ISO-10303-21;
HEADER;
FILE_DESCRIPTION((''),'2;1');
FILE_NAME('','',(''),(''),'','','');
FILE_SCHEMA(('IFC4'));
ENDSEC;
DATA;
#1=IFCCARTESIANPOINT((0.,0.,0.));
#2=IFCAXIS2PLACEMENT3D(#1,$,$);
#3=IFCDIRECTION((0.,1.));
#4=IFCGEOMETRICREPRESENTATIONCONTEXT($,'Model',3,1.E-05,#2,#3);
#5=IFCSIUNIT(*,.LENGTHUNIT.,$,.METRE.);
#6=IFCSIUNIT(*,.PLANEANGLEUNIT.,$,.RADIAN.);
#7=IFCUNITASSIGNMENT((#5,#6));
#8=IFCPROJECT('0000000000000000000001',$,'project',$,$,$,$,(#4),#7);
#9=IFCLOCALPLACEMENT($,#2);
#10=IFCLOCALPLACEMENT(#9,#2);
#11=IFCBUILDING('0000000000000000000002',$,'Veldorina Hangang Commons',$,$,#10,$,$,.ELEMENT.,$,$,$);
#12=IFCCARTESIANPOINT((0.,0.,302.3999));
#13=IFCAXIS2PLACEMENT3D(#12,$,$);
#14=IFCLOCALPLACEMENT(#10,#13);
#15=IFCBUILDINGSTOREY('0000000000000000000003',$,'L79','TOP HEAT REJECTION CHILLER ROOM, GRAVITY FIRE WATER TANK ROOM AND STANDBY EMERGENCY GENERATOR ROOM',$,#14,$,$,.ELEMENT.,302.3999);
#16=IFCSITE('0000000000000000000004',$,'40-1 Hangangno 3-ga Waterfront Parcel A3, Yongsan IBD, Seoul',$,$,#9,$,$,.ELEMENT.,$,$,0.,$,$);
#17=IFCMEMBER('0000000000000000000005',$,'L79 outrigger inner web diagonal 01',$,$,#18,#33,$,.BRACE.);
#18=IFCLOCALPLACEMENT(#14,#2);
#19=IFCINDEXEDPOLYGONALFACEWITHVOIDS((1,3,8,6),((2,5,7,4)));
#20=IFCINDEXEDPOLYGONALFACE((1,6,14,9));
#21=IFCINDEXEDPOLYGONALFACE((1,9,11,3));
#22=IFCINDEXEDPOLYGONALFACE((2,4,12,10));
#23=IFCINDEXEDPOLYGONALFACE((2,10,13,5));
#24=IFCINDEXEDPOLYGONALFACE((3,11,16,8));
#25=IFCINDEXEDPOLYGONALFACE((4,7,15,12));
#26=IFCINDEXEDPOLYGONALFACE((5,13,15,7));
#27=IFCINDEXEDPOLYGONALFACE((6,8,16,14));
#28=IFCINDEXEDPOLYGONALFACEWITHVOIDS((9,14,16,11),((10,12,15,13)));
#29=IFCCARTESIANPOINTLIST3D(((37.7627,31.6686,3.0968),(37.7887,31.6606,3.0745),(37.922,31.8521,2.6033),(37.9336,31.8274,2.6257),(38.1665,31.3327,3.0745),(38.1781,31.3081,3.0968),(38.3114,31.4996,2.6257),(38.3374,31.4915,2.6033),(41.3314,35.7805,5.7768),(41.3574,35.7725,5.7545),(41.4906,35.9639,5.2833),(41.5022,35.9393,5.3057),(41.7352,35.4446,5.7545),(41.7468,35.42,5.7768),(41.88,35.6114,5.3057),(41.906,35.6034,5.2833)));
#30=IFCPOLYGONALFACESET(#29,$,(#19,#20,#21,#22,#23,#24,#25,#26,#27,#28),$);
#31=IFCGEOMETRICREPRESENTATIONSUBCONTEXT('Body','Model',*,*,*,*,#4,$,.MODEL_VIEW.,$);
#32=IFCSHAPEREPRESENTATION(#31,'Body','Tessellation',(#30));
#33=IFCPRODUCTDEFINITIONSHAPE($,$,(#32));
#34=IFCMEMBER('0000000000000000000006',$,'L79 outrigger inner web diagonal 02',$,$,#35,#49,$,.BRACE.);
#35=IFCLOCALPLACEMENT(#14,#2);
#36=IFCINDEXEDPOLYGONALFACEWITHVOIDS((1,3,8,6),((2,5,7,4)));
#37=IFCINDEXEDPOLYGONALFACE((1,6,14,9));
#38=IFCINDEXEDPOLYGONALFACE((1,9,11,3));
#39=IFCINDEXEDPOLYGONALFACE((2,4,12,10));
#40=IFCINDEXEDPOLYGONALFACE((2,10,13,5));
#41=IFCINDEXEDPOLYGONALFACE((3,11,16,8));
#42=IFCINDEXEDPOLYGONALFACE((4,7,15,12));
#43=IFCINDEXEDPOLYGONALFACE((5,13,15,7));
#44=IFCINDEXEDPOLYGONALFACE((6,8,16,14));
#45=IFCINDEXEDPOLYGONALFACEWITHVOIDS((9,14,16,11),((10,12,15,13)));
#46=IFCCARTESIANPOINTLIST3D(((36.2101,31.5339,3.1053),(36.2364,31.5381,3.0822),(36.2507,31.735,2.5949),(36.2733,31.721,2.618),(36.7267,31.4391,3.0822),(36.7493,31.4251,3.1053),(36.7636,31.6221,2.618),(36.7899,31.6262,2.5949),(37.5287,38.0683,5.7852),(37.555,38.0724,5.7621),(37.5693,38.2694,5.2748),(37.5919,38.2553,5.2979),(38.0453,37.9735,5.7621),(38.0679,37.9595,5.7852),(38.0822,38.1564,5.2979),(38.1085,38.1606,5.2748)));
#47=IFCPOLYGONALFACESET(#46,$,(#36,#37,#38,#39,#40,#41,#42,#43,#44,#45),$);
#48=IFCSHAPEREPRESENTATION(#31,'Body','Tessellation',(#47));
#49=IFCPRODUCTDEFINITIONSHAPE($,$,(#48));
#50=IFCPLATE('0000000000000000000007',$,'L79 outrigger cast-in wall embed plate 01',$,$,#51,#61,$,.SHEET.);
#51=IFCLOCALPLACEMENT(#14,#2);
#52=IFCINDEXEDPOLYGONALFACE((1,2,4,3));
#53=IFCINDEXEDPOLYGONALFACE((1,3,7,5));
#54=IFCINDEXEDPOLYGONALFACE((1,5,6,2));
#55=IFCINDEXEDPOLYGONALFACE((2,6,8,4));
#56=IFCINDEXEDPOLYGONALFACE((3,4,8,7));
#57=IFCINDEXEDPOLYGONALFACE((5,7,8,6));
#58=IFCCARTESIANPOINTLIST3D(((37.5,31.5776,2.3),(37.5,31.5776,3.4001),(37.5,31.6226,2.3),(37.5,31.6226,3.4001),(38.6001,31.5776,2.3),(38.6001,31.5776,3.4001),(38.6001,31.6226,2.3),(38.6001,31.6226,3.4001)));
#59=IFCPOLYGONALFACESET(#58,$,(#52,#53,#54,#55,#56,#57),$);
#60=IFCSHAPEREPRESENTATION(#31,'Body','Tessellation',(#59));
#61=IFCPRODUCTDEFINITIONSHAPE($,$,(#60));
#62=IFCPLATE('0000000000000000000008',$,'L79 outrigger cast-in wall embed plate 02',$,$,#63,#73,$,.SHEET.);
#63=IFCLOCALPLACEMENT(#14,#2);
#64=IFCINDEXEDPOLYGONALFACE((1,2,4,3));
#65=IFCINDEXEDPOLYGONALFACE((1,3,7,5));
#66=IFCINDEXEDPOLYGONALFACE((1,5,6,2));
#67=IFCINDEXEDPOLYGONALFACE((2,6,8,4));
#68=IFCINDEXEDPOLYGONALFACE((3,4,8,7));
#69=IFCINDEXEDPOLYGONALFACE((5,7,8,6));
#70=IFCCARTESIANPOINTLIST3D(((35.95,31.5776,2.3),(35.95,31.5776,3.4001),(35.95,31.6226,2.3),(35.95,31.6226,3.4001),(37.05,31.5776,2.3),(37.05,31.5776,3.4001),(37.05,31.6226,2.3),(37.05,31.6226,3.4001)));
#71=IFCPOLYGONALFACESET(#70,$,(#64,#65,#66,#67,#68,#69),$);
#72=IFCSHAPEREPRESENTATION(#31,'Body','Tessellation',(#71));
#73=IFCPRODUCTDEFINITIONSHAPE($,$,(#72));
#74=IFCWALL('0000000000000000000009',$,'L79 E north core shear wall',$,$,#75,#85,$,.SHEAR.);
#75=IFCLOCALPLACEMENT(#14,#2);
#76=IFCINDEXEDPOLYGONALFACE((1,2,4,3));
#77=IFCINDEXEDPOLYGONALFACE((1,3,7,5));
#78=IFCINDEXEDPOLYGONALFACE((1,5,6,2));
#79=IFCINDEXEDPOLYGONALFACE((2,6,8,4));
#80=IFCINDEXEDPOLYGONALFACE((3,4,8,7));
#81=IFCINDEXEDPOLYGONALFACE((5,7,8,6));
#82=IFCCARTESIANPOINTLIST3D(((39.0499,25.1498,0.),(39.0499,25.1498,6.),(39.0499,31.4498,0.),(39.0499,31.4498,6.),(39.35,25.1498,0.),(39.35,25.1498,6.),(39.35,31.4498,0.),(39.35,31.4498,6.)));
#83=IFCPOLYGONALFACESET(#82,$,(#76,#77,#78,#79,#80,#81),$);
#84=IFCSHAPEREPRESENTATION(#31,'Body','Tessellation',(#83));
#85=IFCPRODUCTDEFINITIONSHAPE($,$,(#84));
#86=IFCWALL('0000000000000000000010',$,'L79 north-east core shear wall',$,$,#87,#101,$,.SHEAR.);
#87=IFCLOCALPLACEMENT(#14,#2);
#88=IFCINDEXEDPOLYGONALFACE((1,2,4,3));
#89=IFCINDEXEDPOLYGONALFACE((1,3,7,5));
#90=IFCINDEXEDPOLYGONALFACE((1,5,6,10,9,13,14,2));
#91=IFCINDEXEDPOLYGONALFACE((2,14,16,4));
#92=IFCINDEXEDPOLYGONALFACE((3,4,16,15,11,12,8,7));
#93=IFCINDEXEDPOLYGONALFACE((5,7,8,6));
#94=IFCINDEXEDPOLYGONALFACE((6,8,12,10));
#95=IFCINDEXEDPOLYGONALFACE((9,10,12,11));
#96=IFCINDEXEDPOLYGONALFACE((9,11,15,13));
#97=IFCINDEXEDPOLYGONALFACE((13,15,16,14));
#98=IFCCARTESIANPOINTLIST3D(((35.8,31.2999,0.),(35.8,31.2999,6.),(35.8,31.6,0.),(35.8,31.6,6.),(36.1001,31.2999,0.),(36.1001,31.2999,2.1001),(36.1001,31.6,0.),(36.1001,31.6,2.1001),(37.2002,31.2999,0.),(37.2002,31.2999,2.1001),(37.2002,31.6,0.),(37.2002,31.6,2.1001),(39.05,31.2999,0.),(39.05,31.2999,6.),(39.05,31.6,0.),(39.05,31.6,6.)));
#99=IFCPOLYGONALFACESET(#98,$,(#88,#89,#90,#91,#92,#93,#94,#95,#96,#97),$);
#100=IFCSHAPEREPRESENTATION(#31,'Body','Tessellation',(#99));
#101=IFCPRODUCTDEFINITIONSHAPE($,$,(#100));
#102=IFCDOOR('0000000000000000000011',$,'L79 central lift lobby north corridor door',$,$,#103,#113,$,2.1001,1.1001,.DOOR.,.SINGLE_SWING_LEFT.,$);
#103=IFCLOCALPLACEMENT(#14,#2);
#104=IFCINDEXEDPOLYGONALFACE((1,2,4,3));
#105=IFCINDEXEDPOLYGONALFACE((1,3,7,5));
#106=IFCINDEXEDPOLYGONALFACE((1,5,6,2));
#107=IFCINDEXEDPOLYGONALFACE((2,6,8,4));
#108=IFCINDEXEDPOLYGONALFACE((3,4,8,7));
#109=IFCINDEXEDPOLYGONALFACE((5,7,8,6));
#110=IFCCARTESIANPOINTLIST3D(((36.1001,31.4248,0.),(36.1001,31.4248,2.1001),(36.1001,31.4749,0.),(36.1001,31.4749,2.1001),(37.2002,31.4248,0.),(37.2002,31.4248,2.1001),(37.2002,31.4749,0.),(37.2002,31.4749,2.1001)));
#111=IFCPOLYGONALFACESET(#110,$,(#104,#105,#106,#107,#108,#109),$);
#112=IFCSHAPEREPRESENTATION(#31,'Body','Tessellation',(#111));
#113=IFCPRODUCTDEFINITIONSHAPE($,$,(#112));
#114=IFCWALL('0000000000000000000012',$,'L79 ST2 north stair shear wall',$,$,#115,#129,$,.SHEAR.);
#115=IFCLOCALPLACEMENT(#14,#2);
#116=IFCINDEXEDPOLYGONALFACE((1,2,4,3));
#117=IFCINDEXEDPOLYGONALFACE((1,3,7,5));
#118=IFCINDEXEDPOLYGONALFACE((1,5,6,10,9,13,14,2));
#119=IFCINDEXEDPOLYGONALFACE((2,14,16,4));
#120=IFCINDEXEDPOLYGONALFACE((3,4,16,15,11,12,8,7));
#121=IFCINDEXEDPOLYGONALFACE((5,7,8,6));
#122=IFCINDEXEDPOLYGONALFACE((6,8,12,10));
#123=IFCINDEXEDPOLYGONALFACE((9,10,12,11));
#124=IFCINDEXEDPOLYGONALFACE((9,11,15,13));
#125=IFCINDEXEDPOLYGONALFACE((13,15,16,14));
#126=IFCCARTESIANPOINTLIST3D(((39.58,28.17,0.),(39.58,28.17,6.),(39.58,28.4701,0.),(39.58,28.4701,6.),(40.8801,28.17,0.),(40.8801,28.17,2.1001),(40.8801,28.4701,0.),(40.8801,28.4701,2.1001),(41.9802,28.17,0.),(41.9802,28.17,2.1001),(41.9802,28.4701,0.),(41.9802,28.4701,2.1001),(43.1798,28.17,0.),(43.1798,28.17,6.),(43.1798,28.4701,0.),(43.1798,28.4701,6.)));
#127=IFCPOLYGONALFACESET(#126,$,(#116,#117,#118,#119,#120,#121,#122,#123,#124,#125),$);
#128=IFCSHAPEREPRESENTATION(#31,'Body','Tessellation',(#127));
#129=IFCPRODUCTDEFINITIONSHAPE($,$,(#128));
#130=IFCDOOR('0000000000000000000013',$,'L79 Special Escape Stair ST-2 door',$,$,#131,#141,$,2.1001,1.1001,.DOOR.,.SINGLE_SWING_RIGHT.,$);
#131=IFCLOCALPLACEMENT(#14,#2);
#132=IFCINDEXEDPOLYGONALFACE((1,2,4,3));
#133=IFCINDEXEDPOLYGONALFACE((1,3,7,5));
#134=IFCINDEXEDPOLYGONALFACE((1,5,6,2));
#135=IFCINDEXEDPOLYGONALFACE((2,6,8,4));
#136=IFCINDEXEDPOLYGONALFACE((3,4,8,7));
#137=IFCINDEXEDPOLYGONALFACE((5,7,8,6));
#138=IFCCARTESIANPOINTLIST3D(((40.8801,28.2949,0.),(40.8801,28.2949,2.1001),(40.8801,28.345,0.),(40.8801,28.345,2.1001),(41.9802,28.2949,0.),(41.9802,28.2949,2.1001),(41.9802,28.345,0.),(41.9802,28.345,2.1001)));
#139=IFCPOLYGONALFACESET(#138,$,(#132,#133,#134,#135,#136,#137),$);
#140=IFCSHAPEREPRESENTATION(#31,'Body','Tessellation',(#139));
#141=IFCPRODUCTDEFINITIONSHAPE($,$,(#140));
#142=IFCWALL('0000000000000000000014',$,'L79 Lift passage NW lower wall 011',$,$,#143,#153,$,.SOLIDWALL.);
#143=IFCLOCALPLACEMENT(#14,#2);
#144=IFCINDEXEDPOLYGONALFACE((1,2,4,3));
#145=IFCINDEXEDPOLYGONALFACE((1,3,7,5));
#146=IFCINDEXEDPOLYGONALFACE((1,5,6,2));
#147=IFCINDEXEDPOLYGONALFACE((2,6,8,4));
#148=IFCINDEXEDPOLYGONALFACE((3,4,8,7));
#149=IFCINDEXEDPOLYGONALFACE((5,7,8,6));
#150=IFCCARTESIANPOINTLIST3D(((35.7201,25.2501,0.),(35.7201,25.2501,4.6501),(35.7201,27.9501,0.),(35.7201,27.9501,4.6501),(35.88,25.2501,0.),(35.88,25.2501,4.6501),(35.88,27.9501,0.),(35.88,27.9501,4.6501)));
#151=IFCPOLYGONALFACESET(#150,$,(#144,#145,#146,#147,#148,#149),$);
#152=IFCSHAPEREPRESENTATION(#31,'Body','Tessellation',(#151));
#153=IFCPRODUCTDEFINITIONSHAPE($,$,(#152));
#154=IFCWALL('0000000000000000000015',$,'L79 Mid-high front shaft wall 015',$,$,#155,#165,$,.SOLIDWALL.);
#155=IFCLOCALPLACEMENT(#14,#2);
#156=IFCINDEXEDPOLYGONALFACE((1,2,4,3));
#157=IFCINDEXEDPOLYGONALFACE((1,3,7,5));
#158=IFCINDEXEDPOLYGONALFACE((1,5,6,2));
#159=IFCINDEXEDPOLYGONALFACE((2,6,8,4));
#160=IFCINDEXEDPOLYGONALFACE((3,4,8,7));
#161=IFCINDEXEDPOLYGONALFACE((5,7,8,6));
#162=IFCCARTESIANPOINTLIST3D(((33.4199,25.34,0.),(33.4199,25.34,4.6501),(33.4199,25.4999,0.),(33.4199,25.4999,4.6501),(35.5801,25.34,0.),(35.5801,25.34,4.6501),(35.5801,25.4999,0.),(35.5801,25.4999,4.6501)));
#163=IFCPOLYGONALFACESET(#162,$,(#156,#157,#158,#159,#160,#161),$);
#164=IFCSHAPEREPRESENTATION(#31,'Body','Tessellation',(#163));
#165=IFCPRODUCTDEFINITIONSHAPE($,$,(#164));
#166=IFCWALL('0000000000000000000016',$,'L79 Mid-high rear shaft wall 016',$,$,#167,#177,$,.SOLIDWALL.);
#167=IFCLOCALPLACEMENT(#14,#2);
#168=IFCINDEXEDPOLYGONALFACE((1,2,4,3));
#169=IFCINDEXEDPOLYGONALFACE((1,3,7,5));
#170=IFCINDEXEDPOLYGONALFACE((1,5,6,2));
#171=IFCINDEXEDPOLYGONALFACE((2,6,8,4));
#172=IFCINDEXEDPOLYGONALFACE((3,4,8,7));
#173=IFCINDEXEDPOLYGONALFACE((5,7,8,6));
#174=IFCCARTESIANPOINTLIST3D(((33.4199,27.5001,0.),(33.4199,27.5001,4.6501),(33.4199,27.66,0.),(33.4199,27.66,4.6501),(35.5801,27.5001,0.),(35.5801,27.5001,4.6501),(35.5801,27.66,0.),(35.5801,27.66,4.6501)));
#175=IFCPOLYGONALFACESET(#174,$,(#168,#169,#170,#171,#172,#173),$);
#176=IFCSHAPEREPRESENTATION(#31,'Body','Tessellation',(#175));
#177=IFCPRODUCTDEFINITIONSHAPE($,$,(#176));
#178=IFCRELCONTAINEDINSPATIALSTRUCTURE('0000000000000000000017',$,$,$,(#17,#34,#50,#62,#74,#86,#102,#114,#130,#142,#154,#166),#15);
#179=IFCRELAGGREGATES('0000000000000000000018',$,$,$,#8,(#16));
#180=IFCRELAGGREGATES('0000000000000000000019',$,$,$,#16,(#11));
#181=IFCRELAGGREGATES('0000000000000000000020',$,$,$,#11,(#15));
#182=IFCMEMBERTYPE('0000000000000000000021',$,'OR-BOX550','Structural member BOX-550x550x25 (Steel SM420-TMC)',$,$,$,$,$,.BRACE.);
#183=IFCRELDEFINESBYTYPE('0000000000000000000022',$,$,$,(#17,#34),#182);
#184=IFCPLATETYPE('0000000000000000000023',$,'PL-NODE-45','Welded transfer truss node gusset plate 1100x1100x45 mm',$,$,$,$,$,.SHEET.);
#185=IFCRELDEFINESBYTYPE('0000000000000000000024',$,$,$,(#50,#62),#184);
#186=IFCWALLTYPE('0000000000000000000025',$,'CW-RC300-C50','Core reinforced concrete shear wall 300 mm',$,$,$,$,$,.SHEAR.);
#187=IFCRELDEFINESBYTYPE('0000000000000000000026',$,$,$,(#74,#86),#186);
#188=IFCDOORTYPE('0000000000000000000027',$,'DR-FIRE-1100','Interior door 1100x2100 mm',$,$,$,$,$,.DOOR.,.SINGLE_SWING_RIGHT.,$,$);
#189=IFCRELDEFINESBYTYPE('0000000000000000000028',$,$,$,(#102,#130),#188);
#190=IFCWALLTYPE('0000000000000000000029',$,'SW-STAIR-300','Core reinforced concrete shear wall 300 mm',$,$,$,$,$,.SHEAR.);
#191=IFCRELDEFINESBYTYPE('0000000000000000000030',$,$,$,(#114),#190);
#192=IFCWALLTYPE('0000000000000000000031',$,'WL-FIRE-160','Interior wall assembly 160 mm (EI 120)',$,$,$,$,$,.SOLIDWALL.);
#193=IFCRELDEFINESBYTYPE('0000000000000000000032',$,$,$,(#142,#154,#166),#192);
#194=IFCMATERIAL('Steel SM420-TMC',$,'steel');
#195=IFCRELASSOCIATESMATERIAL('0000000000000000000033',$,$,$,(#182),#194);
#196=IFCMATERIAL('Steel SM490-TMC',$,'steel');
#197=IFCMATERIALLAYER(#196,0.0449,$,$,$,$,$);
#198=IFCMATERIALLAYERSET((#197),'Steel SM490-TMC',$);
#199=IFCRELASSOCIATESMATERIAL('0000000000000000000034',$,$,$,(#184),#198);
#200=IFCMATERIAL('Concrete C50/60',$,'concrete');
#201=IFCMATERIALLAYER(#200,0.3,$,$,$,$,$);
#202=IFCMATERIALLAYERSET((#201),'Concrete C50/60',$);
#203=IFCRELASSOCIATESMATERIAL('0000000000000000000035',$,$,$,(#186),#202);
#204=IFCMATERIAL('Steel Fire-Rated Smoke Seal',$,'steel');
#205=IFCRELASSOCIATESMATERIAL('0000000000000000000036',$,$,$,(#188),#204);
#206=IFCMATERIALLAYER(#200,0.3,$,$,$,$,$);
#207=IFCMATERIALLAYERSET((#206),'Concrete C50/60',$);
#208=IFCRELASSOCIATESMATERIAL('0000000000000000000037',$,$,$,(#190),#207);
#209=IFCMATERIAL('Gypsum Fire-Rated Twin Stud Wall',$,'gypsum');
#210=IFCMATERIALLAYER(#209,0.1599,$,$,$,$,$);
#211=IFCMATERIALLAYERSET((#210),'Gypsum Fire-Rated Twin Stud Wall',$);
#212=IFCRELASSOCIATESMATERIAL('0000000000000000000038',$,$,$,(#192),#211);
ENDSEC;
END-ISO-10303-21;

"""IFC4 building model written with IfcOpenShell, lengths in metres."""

from ifc_helpers import new_model, si_unit, direction, frame, frame_2d, origin, origin_2d, place, context, subcontext, project, spatial, rectangle, hollow_rectangle, extrude, material, layer, layer_set, material_profile, profile_set, type_object, element, fill, save


model = new_model("IFC4")

# Units and contexts
model_context = context("Model", 3, precision=1e-05, world=origin(), true_north=direction((0.0, 1.0)))
body_context = subcontext(model_context, "Body", "Model", "MODEL_VIEW")
ifc_project = project(units=[si_unit("LENGTHUNIT", "METRE"), si_unit("PLANEANGLEUNIT", "RADIAN")], contexts=[model_context])

# Site, building, storey
site_placement = place(None, origin())
site = spatial("IfcSite", under=ifc_project, at=site_placement, Name="40-1 Hangangno 3-ga Waterfront Parcel A3, Yongsan IBD, Seoul", CompositionType="ELEMENT", RefElevation=0.0)
building_placement = place(site_placement, origin())
building = spatial("IfcBuilding", under=site, at=building_placement, Name="Veldorina Hangang Commons", CompositionType="ELEMENT")
storey_placement = place(building_placement, frame((0.0, 0.0, 302.3999)))
storey = spatial("IfcBuildingStorey", under=building, at=storey_placement, Name="L79", Description="TOP HEAT REJECTION CHILLER ROOM, GRAVITY FIRE WATER TANK ROOM AND STANDBY EMERGENCY GENERATOR ROOM", CompositionType="ELEMENT", Elevation=302.3999)

# Members
ifc_material_1 = material(Name="Steel SM420-TMC", Category="steel")
ifc_material_profile_1 = material_profile(ifc_material_1, hollow_rectangle(XDim=0.55, YDim=0.55, WallThickness=0.0249, at=origin_2d()), Name="BOX-550x550x25")
ifc_profile_set_1 = profile_set([ifc_material_profile_1], Name="Steel SM420-TMC")
member_type = type_object("IfcMemberType", Name="OR-BOX550", Description="Structural member BOX-550x550x25 (Steel SM420-TMC)", PredefinedType="BRACE", material=ifc_profile_set_1)
member_1_placement = place(storey_placement, frame((38.05, 31.5801, 2.8501), z_axis=(0.588075, 0.677592, 0.44163), x_axis=(-0.755232, 0.655458, 0.0)))
element("IfcMember", 1, at=member_1_placement, inside=storey, type_object=member_type, Name="L79 outrigger inner web diagonal 01", PredefinedType="BRACE", context=body_context, shape_type="SweptSolid", body=[
    extrude(hollow_rectangle(XDim=0.55, YDim=0.55, WallThickness=0.0249, at=origin_2d()), origin(), (0.0, 0.0, 1.0), 6.0684),
])
member_2_placement = place(storey_placement, frame((36.5, 31.5801, 2.8501), z_axis=(0.18353, 0.909496, 0.373007), x_axis=(-0.980241, 0.197806, 0.0)))
element("IfcMember", 2, at=member_2_placement, inside=storey, type_object=member_type, Name="L79 outrigger inner web diagonal 02", PredefinedType="BRACE", context=body_context, shape_type="SweptSolid", body=[
    extrude(hollow_rectangle(XDim=0.55, YDim=0.55, WallThickness=0.0249, at=origin_2d()), origin(), (0.0, 0.0, 1.0), 7.1846),
])

# Plates
ifc_material_2 = material(Name="Steel SM490-TMC", Category="steel")
ifc_layer_1 = layer(ifc_material_2, 0.0449)
ifc_layer_set_1 = layer_set([ifc_layer_1], Name="Steel SM490-TMC")
plate_type = type_object("IfcPlateType", Name="PL-NODE-45", Description="Welded transfer truss node gusset plate 1100x1100x45 mm", PredefinedType="SHEET", material=ifc_layer_set_1)
for number, where, z_axis, x_axis, name in (
    (3, (38.05, 31.6001, 2.3), (0.0, 0.0, 1.0), (1.0, 0.0, 0.0), "L79 outrigger cast-in wall embed plate 01"),
    (4, (36.5, 31.6001, 2.3), (0.0, 0.0, 1.0), (1.0, 0.0, 0.0), "L79 outrigger cast-in wall embed plate 02"),
):
    element("IfcPlate", number, at=place(storey_placement, frame(where, z_axis=z_axis, x_axis=x_axis)), inside=storey, type_object=plate_type, Name=name, PredefinedType="SHEET", context=body_context, shape_type="SweptSolid", body=[
        extrude(rectangle(XDim=1.1001, YDim=0.0449, at=origin_2d()), origin(), (0.0, 0.0, 1.0), 1.1001),
    ])

# Wall
ifc_material_3 = material(Name="Concrete C50/60", Category="concrete")
ifc_layer_2 = layer(ifc_material_3, 0.3)
ifc_layer_set_2 = layer_set([ifc_layer_2], Name="Concrete C50/60")
wall_type_1 = type_object("IfcWallType", Name="CW-RC300-C50", Description="Core reinforced concrete shear wall 300 mm", PredefinedType="SHEAR", material=ifc_layer_set_2)
wall_1_placement = place(storey_placement, frame((39.2, 25.1499, 0.0), z_axis=(0.0, 0.0, 1.0), x_axis=(0.0, 1.0, 0.0)))
element("IfcWall", 5, at=wall_1_placement, inside=storey, type_object=wall_type_1, Name="L79 E north core shear wall", PredefinedType="SHEAR", context=body_context, shape_type="SweptSolid", body=[
    extrude(rectangle(XDim=6.3, YDim=0.3, at=frame_2d((3.1499, 0.0))), origin(), (0.0, 0.0, 1.0), 6.0),
])

# Walls, openings, doors
wall_2_placement = place(storey_placement, frame((35.8, 31.45, 0.0), z_axis=(0.0, 0.0, 1.0), x_axis=(1.0, 0.0, 0.0)))
wall_2 = element("IfcWall", 6, at=wall_2_placement, inside=storey, type_object=wall_type_1, Name="L79 north-east core shear wall", PredefinedType="SHEAR", context=body_context, shape_type="SweptSolid", body=[
    extrude(rectangle(XDim=3.25, YDim=0.3, at=frame_2d((1.625, 0.0))), origin(), (0.0, 0.0, 1.0), 6.0),
])
opening_1_placement = place(wall_2_placement, frame((0.3, 0.0, 0.0)))
opening_1 = element("IfcOpeningElement", 7, at=opening_1_placement, cuts=wall_2, PredefinedType="OPENING", context=body_context, shape_type="SweptSolid", body=[
    extrude(rectangle(XDim=1.1001, YDim=2.1001, at=frame_2d((0.55, 1.05))), frame((0.0, 0.1602, 0.0), z_axis=(0.0, -1.0, 0.0), x_axis=(1.0, 0.0, 0.0)), (0.0, 0.0, 1.0), 0.3201),
])
ifc_material_4 = material(Name="Steel Fire-Rated Smoke Seal", Category="steel")
door_type_1 = type_object("IfcDoorType", Name="DR-FIRE-1100", Description="Interior door 1100x2100 mm", OperationType="SINGLE_SWING_RIGHT", PredefinedType="DOOR", material=ifc_material_4)
door_1_placement = place(opening_1_placement, origin())
door_1 = element("IfcDoor", 8, at=door_1_placement, inside=storey, type_object=door_type_1, Name="L79 central lift lobby north corridor door", OperationType="SINGLE_SWING_LEFT", OverallHeight=2.1001, OverallWidth=1.1001, PredefinedType="DOOR", context=body_context, shape_type="SweptSolid", body=[
    extrude(rectangle(XDim=1.1001, YDim=2.1001, at=frame_2d((0.55, 1.05))), frame((0.0, 0.0249, 0.0), z_axis=(0.0, -1.0, 0.0), x_axis=(1.0, 0.0, 0.0)), (0.0, 0.0, 1.0), 0.05),
])
fill(opening_1, door_1)
ifc_layer_3 = layer(ifc_material_3, 0.3)
ifc_layer_set_3 = layer_set([ifc_layer_3], Name="Concrete C50/60")
wall_type_2 = type_object("IfcWallType", Name="SW-STAIR-300", Description="Core reinforced concrete shear wall 300 mm", PredefinedType="SHEAR", material=ifc_layer_set_3)
wall_3_placement = place(storey_placement, frame((39.5801, 28.3201, 0.0), z_axis=(0.0, 0.0, 1.0), x_axis=(1.0, 0.0, 0.0)))
wall_3 = element("IfcWall", 9, at=wall_3_placement, inside=storey, type_object=wall_type_2, Name="L79 ST2 north stair shear wall", PredefinedType="SHEAR", context=body_context, shape_type="SweptSolid", body=[
    extrude(rectangle(XDim=3.5999, YDim=0.3, at=frame_2d((1.7998, 0.0))), origin(), (0.0, 0.0, 1.0), 6.0),
])
opening_2_placement = place(wall_3_placement, frame((1.3, 0.0, 0.0)))
opening_2 = element("IfcOpeningElement", 10, at=opening_2_placement, cuts=wall_3, PredefinedType="OPENING", context=body_context, shape_type="SweptSolid", body=[
    extrude(rectangle(XDim=1.1001, YDim=2.1001, at=frame_2d((0.55, 1.05))), frame((0.0, 0.1602, 0.0), z_axis=(0.0, -1.0, 0.0), x_axis=(1.0, 0.0, 0.0)), (0.0, 0.0, 1.0), 0.3201),
])
door_2_placement = place(opening_2_placement, origin())
door_2 = element("IfcDoor", 11, at=door_2_placement, inside=storey, type_object=door_type_1, Name="L79 Special Escape Stair ST-2 door", OperationType="SINGLE_SWING_RIGHT", OverallHeight=2.1001, OverallWidth=1.1001, PredefinedType="DOOR", context=body_context, shape_type="SweptSolid", body=[
    extrude(rectangle(XDim=1.1001, YDim=2.1001, at=frame_2d((0.55, 1.05))), frame((0.0, 0.0249, 0.0), z_axis=(0.0, -1.0, 0.0), x_axis=(1.0, 0.0, 0.0)), (0.0, 0.0, 1.0), 0.05),
])
fill(opening_2, door_2)

# Walls
ifc_material_5 = material(Name="Gypsum Fire-Rated Twin Stud Wall", Category="gypsum")
ifc_layer_4 = layer(ifc_material_5, 0.1599)
ifc_layer_set_4 = layer_set([ifc_layer_4], Name="Gypsum Fire-Rated Twin Stud Wall")
wall_type_3 = type_object("IfcWallType", Name="WL-FIRE-160", Description="Interior wall assembly 160 mm (EI 120)", PredefinedType="SOLIDWALL", material=ifc_layer_set_4)
wall_4_placement = place(storey_placement, frame((35.8, 25.25, 0.0), z_axis=(0.0, 0.0, 1.0), x_axis=(0.0, 1.0, 0.0)))
element("IfcWall", 12, at=wall_4_placement, inside=storey, type_object=wall_type_3, Name="L79 Lift passage NW lower wall 011", PredefinedType="SOLIDWALL", context=body_context, shape_type="SweptSolid", body=[
    extrude(rectangle(XDim=2.7, YDim=0.1599, at=frame_2d((1.3501, 0.0))), origin(), (0.0, 0.0, 1.0), 4.6501),
])
for number, where, z_axis, x_axis, name in (
    (13, (33.4199, 25.4199, 0.0), (0.0, 0.0, 1.0), (1.0, 0.0, 0.0), "L79 Mid-high front shaft wall 015"),
    (14, (33.4199, 27.5801, 0.0), (0.0, 0.0, 1.0), (1.0, 0.0, 0.0), "L79 Mid-high rear shaft wall 016"),
):
    element("IfcWall", number, at=place(storey_placement, frame(where, z_axis=z_axis, x_axis=x_axis)), inside=storey, type_object=wall_type_3, Name=name, PredefinedType="SOLIDWALL", context=body_context, shape_type="SweptSolid", body=[
        extrude(rectangle(XDim=2.1602, YDim=0.1599, at=frame_2d((1.0801, 0.0))), origin(), (0.0, 0.0, 1.0), 4.6501),
    ])

save(model, "model.ifc")
